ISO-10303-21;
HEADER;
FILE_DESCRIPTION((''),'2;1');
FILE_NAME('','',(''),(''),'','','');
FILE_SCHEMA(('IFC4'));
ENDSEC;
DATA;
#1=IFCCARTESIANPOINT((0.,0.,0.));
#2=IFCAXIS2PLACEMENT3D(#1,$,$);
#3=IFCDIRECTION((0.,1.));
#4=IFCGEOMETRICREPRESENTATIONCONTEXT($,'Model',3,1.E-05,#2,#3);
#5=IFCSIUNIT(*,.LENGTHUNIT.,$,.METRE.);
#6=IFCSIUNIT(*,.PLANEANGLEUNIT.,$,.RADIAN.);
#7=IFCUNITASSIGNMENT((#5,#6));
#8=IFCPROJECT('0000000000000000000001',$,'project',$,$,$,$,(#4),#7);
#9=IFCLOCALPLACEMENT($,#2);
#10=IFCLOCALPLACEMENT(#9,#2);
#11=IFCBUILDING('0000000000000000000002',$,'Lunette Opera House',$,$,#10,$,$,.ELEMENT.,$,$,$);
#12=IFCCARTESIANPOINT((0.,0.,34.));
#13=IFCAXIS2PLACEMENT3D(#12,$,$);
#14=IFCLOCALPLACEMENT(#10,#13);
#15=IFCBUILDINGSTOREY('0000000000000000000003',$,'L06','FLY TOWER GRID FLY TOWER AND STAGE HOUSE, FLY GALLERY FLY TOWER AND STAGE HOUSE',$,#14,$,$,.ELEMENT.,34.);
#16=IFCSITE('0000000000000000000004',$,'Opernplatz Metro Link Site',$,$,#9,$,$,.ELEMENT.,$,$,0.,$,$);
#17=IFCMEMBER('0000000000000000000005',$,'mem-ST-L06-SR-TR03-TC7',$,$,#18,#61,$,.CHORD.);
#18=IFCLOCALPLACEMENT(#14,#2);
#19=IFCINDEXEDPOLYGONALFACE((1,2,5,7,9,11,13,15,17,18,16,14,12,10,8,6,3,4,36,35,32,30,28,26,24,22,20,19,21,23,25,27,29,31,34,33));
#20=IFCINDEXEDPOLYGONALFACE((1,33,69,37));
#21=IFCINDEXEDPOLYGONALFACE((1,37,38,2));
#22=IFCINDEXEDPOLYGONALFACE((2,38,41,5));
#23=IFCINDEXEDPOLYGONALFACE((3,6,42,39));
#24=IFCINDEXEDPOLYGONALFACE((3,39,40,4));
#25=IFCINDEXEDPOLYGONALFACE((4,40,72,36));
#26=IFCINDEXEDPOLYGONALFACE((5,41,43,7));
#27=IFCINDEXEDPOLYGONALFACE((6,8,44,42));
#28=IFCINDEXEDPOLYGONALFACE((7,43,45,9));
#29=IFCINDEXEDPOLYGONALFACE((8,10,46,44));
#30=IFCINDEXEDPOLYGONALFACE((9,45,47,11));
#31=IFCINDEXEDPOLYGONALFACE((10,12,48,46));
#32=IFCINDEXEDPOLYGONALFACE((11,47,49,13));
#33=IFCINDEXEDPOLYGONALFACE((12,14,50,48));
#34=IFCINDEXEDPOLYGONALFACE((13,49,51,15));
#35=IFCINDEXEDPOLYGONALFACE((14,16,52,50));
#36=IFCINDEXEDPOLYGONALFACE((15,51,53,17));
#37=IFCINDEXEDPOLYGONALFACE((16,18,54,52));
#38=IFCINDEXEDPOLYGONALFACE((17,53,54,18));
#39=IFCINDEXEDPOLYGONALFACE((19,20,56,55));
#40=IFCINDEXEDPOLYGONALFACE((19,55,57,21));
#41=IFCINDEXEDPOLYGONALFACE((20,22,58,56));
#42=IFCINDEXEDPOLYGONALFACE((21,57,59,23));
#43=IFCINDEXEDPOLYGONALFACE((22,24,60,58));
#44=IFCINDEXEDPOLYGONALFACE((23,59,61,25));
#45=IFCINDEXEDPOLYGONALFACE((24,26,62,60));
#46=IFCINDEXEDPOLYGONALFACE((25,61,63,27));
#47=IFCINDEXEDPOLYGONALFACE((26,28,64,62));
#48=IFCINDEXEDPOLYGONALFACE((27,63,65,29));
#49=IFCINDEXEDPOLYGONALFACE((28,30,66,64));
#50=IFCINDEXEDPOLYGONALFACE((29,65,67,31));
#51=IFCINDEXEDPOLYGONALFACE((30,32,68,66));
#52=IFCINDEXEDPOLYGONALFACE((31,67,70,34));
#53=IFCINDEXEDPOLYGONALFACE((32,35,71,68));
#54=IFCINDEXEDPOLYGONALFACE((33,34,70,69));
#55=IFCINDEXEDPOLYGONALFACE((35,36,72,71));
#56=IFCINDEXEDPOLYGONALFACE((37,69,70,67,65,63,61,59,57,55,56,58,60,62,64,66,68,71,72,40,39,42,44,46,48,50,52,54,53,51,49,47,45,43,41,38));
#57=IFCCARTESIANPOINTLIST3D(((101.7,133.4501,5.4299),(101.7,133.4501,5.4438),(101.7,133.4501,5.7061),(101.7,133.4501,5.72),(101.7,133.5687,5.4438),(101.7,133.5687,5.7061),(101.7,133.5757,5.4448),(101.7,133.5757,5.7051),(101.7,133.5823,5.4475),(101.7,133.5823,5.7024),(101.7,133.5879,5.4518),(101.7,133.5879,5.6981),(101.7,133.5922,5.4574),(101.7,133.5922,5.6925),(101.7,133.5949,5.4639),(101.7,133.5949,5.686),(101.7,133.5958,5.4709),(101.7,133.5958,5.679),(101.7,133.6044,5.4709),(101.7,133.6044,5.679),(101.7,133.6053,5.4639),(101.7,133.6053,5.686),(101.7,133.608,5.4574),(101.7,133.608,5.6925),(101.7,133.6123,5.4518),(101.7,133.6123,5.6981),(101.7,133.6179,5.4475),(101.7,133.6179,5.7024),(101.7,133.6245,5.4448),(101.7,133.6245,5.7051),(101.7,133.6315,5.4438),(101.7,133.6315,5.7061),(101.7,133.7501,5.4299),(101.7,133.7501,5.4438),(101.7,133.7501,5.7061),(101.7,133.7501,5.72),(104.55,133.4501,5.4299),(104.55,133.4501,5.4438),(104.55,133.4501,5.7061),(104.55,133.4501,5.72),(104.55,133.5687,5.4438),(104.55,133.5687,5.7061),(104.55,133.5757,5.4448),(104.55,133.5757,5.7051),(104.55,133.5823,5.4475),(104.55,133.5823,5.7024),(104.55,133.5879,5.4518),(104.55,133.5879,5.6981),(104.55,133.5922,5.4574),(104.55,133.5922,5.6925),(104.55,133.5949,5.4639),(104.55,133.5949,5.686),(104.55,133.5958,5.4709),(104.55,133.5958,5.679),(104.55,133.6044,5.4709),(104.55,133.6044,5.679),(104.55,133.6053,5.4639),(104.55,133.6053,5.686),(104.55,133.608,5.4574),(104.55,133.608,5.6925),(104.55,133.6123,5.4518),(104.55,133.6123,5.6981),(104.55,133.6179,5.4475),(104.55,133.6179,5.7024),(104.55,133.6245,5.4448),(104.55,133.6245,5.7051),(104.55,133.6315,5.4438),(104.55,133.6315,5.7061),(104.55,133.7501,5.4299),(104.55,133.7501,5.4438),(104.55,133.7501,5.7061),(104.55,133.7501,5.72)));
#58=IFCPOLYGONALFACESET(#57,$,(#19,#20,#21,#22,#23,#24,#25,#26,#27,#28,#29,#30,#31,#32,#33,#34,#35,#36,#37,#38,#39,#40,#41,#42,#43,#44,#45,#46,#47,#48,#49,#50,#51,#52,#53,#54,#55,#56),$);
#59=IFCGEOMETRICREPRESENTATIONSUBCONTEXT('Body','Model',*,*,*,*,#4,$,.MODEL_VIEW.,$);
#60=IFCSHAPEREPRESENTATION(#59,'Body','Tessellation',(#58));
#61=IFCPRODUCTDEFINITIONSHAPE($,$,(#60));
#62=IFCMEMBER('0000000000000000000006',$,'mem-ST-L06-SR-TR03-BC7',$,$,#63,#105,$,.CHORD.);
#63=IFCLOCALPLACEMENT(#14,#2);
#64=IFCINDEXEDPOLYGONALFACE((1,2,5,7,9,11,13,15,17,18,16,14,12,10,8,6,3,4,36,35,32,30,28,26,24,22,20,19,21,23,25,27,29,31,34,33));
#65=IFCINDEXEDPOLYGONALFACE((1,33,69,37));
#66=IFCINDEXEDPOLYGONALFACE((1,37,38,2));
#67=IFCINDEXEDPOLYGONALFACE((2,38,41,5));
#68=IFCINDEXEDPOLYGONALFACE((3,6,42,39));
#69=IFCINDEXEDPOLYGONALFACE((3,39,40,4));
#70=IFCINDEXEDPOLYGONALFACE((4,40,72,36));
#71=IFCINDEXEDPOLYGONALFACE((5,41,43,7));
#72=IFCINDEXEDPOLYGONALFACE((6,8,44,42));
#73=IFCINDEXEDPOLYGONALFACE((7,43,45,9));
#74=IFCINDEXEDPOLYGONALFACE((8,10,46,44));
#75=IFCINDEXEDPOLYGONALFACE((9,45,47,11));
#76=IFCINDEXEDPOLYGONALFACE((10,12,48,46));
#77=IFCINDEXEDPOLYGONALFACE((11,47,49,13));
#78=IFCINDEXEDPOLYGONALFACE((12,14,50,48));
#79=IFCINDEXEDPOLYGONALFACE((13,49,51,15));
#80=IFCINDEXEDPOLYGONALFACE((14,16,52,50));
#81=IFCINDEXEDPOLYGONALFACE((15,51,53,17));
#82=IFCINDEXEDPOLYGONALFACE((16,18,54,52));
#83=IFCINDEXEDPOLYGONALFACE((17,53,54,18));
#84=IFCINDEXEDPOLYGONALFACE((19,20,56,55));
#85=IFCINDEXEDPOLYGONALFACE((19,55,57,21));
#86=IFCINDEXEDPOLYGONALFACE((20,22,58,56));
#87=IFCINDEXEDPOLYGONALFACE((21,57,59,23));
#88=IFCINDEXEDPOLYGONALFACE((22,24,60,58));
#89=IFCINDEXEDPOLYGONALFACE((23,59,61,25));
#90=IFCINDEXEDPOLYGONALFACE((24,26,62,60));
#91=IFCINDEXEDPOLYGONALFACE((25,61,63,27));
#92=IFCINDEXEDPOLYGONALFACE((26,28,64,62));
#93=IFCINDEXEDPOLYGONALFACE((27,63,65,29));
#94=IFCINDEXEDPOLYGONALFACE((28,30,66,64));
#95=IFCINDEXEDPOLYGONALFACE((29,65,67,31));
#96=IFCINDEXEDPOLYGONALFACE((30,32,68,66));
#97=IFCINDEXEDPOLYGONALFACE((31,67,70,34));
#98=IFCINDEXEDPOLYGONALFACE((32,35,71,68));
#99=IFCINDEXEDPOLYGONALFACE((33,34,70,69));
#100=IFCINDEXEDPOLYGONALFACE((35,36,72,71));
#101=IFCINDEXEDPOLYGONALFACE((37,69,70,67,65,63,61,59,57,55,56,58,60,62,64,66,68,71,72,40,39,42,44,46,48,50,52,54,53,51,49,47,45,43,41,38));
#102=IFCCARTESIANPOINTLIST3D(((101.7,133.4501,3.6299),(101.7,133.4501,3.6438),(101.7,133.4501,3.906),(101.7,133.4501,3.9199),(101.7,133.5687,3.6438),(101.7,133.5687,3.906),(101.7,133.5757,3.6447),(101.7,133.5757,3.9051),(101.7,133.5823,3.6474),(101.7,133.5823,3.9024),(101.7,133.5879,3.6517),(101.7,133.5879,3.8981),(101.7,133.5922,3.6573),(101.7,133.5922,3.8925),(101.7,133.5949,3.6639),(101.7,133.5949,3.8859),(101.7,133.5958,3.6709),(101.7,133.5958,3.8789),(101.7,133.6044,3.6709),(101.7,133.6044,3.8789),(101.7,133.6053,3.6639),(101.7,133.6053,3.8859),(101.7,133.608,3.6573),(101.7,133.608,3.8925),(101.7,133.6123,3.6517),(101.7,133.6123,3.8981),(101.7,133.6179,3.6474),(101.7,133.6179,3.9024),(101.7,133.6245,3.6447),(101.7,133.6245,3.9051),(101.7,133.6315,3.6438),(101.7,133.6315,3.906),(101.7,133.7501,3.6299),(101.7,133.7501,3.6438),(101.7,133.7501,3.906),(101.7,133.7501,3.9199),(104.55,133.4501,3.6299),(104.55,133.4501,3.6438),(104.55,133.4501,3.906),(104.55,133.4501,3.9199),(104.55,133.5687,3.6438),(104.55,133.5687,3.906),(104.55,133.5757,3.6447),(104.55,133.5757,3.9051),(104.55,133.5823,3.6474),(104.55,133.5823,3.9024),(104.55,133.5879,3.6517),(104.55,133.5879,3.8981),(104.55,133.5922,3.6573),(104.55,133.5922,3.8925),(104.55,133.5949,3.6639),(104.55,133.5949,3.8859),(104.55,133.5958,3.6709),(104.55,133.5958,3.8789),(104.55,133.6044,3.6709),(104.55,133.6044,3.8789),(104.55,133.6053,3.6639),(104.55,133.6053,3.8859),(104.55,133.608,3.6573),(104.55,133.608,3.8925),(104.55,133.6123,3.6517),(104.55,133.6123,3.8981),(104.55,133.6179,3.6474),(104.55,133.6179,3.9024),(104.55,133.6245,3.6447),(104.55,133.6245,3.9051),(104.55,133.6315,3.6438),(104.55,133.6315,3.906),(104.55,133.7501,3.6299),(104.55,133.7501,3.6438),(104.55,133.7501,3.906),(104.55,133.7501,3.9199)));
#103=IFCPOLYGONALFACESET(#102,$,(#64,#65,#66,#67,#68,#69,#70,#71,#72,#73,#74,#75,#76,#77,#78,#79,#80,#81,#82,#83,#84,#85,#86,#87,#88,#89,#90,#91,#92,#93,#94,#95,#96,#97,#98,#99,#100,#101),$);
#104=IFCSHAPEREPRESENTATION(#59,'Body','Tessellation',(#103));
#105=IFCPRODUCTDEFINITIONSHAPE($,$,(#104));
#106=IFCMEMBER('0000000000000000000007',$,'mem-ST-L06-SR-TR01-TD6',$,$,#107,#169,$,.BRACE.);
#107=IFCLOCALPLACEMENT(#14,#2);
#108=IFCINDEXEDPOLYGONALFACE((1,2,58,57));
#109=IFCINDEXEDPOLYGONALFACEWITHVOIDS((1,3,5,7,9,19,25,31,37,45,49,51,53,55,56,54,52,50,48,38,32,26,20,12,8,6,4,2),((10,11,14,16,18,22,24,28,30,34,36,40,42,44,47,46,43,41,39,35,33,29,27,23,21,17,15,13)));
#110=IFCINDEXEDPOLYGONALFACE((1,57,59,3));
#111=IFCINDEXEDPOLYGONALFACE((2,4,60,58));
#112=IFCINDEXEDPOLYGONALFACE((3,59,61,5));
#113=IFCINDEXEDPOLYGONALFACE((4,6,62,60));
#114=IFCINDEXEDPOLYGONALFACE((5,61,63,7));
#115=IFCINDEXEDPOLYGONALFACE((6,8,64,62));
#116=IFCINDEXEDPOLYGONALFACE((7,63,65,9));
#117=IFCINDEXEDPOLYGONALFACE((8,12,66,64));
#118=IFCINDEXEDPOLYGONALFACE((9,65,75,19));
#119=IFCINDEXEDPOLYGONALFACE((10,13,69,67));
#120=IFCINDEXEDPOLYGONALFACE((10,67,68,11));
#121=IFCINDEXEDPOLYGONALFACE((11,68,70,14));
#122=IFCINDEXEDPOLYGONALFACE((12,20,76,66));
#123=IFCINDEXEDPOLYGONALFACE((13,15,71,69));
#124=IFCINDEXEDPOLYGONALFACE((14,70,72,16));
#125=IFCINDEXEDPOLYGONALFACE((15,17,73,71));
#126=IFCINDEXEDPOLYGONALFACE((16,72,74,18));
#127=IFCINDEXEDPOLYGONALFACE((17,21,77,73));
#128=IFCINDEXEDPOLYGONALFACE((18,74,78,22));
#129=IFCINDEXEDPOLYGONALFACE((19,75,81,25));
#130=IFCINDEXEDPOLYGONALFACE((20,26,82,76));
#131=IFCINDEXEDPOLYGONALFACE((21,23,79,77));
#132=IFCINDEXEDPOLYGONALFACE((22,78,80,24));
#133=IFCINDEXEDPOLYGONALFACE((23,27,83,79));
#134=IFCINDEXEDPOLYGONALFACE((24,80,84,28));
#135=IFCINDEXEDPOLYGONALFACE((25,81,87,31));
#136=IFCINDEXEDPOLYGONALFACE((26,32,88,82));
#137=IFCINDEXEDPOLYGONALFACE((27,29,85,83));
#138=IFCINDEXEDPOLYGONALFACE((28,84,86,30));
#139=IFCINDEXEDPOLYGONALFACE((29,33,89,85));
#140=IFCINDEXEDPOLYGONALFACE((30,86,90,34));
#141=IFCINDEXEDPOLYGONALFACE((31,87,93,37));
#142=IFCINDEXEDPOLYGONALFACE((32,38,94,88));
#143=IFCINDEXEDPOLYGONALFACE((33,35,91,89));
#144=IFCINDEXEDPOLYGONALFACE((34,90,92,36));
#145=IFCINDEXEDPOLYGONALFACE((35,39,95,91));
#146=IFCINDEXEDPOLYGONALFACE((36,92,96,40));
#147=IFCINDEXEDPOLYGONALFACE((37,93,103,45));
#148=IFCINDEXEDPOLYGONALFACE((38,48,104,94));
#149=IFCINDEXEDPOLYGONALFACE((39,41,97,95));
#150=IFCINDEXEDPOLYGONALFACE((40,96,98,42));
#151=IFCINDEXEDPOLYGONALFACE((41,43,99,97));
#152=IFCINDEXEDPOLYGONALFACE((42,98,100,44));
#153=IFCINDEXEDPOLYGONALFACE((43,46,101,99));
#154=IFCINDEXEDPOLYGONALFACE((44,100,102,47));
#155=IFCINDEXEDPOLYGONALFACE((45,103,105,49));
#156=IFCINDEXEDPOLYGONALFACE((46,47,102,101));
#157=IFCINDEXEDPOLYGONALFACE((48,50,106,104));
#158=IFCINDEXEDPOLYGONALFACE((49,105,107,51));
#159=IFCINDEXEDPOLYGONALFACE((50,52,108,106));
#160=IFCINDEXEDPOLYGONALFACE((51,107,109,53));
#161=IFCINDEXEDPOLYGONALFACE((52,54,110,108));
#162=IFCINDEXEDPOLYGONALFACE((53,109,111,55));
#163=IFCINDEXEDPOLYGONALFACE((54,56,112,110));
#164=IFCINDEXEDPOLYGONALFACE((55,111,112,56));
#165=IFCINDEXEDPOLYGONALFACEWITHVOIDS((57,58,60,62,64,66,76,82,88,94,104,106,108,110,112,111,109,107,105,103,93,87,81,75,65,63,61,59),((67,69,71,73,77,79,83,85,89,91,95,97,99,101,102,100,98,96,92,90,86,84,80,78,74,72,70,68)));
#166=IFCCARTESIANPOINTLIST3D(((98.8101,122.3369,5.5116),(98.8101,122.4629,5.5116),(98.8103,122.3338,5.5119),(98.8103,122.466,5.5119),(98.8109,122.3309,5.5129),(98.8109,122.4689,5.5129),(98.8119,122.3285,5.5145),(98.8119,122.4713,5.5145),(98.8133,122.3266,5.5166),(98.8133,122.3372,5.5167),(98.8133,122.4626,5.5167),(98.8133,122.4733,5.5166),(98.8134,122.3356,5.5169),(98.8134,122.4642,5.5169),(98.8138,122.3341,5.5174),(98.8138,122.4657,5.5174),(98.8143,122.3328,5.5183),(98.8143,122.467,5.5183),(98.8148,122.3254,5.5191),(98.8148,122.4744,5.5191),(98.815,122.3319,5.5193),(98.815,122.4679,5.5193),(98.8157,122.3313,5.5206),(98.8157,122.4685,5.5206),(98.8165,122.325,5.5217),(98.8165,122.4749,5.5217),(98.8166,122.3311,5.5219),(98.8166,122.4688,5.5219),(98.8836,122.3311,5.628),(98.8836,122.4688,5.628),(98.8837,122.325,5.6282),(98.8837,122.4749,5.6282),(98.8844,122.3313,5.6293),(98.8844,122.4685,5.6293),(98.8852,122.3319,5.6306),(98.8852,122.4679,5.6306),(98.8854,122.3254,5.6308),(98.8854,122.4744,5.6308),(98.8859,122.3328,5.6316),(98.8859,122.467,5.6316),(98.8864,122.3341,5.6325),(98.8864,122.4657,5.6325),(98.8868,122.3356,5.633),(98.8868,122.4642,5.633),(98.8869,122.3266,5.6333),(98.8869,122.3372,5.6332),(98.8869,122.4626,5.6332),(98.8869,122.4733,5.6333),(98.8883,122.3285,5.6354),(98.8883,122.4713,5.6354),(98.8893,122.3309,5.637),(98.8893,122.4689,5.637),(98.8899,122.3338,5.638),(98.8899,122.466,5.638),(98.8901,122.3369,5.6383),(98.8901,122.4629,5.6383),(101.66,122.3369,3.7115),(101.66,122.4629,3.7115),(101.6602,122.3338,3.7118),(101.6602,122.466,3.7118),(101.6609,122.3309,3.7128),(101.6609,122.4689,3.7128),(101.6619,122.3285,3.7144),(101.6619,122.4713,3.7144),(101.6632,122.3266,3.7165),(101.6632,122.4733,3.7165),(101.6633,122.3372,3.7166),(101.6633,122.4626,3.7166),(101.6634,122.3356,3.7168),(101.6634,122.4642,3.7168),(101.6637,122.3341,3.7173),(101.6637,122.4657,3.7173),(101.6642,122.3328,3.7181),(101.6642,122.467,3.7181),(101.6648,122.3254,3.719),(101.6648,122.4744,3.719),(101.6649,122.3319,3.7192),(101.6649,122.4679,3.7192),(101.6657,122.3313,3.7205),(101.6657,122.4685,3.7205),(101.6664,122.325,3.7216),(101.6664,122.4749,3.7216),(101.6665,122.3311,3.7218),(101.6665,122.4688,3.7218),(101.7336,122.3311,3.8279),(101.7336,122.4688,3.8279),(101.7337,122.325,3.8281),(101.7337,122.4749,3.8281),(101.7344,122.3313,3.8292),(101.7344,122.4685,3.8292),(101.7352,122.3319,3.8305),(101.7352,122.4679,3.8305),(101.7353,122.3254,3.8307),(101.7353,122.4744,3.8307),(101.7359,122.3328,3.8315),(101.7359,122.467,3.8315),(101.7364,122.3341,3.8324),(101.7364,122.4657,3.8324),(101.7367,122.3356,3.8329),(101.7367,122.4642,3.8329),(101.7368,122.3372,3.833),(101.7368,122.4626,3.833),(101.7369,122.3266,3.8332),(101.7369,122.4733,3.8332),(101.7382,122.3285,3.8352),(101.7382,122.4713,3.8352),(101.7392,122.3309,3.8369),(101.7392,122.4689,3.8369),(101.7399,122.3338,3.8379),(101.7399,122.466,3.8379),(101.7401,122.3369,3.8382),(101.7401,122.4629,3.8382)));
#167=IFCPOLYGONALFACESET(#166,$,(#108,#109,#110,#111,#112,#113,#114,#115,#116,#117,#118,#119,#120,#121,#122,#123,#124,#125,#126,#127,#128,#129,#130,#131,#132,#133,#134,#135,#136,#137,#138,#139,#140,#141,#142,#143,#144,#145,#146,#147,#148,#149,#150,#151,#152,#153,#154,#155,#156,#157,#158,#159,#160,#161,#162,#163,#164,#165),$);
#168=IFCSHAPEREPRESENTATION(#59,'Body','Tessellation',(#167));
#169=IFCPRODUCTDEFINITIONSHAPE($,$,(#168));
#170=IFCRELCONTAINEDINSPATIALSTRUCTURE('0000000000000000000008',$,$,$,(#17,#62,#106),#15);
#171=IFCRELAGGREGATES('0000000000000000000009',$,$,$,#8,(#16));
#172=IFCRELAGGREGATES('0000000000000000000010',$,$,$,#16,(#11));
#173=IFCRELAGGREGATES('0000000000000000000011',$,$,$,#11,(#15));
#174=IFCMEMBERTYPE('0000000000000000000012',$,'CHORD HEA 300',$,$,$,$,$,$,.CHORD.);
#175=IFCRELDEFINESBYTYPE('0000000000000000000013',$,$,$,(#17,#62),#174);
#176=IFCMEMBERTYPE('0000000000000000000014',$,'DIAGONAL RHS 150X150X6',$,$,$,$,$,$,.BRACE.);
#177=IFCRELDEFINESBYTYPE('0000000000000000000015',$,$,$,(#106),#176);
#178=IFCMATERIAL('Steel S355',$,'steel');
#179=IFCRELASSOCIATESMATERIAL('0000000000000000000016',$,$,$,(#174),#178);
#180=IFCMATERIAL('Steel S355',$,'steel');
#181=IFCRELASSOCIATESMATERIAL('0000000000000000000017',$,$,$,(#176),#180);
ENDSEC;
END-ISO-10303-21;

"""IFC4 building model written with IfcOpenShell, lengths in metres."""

from ifc_helpers import new_model, si_unit, direction, frame, origin, origin_2d, place, context, subcontext, project, spatial, hollow_rectangle, i_section, extrude, material, material_profile, profile_set, type_object, element, save


model = new_model("IFC4")

# Units and contexts
model_context = context("Model", 3, precision=1e-05, world=origin(), true_north=direction((0.0, 1.0)))
body_context = subcontext(model_context, "Body", "Model", "MODEL_VIEW")
ifc_project = project(units=[si_unit("LENGTHUNIT", "METRE"), si_unit("PLANEANGLEUNIT", "RADIAN")], contexts=[model_context])

# Site, building, storey
site_placement = place(None, origin())
site = spatial("IfcSite", under=ifc_project, at=site_placement, Name="Opernplatz Metro Link Site", CompositionType="ELEMENT", RefElevation=0.0)
building_placement = place(site_placement, origin())
building = spatial("IfcBuilding", under=site, at=building_placement, Name="Lunette Opera House", CompositionType="ELEMENT")
storey_placement = place(building_placement, frame((0.0, 0.0, 34.0)))
storey = spatial("IfcBuildingStorey", under=building, at=storey_placement, Name="L06", Description="FLY TOWER GRID FLY TOWER AND STAGE HOUSE, FLY GALLERY FLY TOWER AND STAGE HOUSE", CompositionType="ELEMENT", Elevation=34.0)

# Members
ifc_material_1 = material(Name="Steel S355", Category="steel")
ifc_material_profile_1 = material_profile(ifc_material_1, i_section(OverallWidth=0.3, OverallDepth=0.29, WebThickness=0.0085, FlangeThickness=0.0139, FilletRadius=0.0271, at=origin_2d()), Name="HEA 300")
ifc_profile_set_1 = profile_set([ifc_material_profile_1], Name="Steel S355")
member_type_1 = type_object("IfcMemberType", Name="CHORD HEA 300", PredefinedType="CHORD", material=ifc_profile_set_1)
for number, where, z_axis, x_axis, name in (
    (1, (101.7, 133.6001, 5.575), (1.0, 0.0, 0.0), (0.0, 1.0, 0.0), "mem-ST-L06-SR-TR03-TC7"),
    (2, (101.7, 133.6001, 3.7749), (1.0, 0.0, 0.0), (0.0, 1.0, 0.0), "mem-ST-L06-SR-TR03-BC7"),
):
    element("IfcMember", number, at=place(storey_placement, frame(where, z_axis=z_axis, x_axis=x_axis)), inside=storey, type_object=member_type_1, Name=name, PredefinedType="CHORD", context=body_context, shape_type="SweptSolid", body=[
        extrude(i_section(OverallWidth=0.3, OverallDepth=0.29, WebThickness=0.0085, FlangeThickness=0.0139, FilletRadius=0.0271, at=origin_2d()), origin(), (0.0, 0.0, 1.0), 2.8501),
    ])
ifc_material_2 = material(Name="Steel S355", Category="steel")
ifc_material_profile_2 = material_profile(ifc_material_2, hollow_rectangle(XDim=0.1499, YDim=0.1499, WallThickness=0.0061, InnerFilletRadius=0.0061, OuterFilletRadius=0.012, at=origin_2d()), Name="RHS 150X150X6")
ifc_profile_set_2 = profile_set([ifc_material_profile_2], Name="Steel S355")
member_type_2 = type_object("IfcMemberType", Name="DIAGONAL RHS 150X150X6", PredefinedType="BRACE", material=ifc_profile_set_2)
for number, where, z_axis, x_axis, name in (
    (3, (98.8501, 122.3999, 5.575), (0.84547, 0.0, -0.534023), (0.0, 1.0, 0.0), "mem-ST-L06-SR-TR01-TD6"),
):
    element("IfcMember", number, at=place(storey_placement, frame(where, z_axis=z_axis, x_axis=x_axis)), inside=storey, type_object=member_type_2, Name=name, PredefinedType="BRACE", context=body_context, shape_type="SweptSolid", body=[
        extrude(hollow_rectangle(XDim=0.1499, YDim=0.1499, WallThickness=0.0061, InnerFilletRadius=0.0061, OuterFilletRadius=0.012, at=origin_2d()), origin(), (0.0, 0.0, 1.0), 3.3708),
    ])

save(model, "model.ifc")
